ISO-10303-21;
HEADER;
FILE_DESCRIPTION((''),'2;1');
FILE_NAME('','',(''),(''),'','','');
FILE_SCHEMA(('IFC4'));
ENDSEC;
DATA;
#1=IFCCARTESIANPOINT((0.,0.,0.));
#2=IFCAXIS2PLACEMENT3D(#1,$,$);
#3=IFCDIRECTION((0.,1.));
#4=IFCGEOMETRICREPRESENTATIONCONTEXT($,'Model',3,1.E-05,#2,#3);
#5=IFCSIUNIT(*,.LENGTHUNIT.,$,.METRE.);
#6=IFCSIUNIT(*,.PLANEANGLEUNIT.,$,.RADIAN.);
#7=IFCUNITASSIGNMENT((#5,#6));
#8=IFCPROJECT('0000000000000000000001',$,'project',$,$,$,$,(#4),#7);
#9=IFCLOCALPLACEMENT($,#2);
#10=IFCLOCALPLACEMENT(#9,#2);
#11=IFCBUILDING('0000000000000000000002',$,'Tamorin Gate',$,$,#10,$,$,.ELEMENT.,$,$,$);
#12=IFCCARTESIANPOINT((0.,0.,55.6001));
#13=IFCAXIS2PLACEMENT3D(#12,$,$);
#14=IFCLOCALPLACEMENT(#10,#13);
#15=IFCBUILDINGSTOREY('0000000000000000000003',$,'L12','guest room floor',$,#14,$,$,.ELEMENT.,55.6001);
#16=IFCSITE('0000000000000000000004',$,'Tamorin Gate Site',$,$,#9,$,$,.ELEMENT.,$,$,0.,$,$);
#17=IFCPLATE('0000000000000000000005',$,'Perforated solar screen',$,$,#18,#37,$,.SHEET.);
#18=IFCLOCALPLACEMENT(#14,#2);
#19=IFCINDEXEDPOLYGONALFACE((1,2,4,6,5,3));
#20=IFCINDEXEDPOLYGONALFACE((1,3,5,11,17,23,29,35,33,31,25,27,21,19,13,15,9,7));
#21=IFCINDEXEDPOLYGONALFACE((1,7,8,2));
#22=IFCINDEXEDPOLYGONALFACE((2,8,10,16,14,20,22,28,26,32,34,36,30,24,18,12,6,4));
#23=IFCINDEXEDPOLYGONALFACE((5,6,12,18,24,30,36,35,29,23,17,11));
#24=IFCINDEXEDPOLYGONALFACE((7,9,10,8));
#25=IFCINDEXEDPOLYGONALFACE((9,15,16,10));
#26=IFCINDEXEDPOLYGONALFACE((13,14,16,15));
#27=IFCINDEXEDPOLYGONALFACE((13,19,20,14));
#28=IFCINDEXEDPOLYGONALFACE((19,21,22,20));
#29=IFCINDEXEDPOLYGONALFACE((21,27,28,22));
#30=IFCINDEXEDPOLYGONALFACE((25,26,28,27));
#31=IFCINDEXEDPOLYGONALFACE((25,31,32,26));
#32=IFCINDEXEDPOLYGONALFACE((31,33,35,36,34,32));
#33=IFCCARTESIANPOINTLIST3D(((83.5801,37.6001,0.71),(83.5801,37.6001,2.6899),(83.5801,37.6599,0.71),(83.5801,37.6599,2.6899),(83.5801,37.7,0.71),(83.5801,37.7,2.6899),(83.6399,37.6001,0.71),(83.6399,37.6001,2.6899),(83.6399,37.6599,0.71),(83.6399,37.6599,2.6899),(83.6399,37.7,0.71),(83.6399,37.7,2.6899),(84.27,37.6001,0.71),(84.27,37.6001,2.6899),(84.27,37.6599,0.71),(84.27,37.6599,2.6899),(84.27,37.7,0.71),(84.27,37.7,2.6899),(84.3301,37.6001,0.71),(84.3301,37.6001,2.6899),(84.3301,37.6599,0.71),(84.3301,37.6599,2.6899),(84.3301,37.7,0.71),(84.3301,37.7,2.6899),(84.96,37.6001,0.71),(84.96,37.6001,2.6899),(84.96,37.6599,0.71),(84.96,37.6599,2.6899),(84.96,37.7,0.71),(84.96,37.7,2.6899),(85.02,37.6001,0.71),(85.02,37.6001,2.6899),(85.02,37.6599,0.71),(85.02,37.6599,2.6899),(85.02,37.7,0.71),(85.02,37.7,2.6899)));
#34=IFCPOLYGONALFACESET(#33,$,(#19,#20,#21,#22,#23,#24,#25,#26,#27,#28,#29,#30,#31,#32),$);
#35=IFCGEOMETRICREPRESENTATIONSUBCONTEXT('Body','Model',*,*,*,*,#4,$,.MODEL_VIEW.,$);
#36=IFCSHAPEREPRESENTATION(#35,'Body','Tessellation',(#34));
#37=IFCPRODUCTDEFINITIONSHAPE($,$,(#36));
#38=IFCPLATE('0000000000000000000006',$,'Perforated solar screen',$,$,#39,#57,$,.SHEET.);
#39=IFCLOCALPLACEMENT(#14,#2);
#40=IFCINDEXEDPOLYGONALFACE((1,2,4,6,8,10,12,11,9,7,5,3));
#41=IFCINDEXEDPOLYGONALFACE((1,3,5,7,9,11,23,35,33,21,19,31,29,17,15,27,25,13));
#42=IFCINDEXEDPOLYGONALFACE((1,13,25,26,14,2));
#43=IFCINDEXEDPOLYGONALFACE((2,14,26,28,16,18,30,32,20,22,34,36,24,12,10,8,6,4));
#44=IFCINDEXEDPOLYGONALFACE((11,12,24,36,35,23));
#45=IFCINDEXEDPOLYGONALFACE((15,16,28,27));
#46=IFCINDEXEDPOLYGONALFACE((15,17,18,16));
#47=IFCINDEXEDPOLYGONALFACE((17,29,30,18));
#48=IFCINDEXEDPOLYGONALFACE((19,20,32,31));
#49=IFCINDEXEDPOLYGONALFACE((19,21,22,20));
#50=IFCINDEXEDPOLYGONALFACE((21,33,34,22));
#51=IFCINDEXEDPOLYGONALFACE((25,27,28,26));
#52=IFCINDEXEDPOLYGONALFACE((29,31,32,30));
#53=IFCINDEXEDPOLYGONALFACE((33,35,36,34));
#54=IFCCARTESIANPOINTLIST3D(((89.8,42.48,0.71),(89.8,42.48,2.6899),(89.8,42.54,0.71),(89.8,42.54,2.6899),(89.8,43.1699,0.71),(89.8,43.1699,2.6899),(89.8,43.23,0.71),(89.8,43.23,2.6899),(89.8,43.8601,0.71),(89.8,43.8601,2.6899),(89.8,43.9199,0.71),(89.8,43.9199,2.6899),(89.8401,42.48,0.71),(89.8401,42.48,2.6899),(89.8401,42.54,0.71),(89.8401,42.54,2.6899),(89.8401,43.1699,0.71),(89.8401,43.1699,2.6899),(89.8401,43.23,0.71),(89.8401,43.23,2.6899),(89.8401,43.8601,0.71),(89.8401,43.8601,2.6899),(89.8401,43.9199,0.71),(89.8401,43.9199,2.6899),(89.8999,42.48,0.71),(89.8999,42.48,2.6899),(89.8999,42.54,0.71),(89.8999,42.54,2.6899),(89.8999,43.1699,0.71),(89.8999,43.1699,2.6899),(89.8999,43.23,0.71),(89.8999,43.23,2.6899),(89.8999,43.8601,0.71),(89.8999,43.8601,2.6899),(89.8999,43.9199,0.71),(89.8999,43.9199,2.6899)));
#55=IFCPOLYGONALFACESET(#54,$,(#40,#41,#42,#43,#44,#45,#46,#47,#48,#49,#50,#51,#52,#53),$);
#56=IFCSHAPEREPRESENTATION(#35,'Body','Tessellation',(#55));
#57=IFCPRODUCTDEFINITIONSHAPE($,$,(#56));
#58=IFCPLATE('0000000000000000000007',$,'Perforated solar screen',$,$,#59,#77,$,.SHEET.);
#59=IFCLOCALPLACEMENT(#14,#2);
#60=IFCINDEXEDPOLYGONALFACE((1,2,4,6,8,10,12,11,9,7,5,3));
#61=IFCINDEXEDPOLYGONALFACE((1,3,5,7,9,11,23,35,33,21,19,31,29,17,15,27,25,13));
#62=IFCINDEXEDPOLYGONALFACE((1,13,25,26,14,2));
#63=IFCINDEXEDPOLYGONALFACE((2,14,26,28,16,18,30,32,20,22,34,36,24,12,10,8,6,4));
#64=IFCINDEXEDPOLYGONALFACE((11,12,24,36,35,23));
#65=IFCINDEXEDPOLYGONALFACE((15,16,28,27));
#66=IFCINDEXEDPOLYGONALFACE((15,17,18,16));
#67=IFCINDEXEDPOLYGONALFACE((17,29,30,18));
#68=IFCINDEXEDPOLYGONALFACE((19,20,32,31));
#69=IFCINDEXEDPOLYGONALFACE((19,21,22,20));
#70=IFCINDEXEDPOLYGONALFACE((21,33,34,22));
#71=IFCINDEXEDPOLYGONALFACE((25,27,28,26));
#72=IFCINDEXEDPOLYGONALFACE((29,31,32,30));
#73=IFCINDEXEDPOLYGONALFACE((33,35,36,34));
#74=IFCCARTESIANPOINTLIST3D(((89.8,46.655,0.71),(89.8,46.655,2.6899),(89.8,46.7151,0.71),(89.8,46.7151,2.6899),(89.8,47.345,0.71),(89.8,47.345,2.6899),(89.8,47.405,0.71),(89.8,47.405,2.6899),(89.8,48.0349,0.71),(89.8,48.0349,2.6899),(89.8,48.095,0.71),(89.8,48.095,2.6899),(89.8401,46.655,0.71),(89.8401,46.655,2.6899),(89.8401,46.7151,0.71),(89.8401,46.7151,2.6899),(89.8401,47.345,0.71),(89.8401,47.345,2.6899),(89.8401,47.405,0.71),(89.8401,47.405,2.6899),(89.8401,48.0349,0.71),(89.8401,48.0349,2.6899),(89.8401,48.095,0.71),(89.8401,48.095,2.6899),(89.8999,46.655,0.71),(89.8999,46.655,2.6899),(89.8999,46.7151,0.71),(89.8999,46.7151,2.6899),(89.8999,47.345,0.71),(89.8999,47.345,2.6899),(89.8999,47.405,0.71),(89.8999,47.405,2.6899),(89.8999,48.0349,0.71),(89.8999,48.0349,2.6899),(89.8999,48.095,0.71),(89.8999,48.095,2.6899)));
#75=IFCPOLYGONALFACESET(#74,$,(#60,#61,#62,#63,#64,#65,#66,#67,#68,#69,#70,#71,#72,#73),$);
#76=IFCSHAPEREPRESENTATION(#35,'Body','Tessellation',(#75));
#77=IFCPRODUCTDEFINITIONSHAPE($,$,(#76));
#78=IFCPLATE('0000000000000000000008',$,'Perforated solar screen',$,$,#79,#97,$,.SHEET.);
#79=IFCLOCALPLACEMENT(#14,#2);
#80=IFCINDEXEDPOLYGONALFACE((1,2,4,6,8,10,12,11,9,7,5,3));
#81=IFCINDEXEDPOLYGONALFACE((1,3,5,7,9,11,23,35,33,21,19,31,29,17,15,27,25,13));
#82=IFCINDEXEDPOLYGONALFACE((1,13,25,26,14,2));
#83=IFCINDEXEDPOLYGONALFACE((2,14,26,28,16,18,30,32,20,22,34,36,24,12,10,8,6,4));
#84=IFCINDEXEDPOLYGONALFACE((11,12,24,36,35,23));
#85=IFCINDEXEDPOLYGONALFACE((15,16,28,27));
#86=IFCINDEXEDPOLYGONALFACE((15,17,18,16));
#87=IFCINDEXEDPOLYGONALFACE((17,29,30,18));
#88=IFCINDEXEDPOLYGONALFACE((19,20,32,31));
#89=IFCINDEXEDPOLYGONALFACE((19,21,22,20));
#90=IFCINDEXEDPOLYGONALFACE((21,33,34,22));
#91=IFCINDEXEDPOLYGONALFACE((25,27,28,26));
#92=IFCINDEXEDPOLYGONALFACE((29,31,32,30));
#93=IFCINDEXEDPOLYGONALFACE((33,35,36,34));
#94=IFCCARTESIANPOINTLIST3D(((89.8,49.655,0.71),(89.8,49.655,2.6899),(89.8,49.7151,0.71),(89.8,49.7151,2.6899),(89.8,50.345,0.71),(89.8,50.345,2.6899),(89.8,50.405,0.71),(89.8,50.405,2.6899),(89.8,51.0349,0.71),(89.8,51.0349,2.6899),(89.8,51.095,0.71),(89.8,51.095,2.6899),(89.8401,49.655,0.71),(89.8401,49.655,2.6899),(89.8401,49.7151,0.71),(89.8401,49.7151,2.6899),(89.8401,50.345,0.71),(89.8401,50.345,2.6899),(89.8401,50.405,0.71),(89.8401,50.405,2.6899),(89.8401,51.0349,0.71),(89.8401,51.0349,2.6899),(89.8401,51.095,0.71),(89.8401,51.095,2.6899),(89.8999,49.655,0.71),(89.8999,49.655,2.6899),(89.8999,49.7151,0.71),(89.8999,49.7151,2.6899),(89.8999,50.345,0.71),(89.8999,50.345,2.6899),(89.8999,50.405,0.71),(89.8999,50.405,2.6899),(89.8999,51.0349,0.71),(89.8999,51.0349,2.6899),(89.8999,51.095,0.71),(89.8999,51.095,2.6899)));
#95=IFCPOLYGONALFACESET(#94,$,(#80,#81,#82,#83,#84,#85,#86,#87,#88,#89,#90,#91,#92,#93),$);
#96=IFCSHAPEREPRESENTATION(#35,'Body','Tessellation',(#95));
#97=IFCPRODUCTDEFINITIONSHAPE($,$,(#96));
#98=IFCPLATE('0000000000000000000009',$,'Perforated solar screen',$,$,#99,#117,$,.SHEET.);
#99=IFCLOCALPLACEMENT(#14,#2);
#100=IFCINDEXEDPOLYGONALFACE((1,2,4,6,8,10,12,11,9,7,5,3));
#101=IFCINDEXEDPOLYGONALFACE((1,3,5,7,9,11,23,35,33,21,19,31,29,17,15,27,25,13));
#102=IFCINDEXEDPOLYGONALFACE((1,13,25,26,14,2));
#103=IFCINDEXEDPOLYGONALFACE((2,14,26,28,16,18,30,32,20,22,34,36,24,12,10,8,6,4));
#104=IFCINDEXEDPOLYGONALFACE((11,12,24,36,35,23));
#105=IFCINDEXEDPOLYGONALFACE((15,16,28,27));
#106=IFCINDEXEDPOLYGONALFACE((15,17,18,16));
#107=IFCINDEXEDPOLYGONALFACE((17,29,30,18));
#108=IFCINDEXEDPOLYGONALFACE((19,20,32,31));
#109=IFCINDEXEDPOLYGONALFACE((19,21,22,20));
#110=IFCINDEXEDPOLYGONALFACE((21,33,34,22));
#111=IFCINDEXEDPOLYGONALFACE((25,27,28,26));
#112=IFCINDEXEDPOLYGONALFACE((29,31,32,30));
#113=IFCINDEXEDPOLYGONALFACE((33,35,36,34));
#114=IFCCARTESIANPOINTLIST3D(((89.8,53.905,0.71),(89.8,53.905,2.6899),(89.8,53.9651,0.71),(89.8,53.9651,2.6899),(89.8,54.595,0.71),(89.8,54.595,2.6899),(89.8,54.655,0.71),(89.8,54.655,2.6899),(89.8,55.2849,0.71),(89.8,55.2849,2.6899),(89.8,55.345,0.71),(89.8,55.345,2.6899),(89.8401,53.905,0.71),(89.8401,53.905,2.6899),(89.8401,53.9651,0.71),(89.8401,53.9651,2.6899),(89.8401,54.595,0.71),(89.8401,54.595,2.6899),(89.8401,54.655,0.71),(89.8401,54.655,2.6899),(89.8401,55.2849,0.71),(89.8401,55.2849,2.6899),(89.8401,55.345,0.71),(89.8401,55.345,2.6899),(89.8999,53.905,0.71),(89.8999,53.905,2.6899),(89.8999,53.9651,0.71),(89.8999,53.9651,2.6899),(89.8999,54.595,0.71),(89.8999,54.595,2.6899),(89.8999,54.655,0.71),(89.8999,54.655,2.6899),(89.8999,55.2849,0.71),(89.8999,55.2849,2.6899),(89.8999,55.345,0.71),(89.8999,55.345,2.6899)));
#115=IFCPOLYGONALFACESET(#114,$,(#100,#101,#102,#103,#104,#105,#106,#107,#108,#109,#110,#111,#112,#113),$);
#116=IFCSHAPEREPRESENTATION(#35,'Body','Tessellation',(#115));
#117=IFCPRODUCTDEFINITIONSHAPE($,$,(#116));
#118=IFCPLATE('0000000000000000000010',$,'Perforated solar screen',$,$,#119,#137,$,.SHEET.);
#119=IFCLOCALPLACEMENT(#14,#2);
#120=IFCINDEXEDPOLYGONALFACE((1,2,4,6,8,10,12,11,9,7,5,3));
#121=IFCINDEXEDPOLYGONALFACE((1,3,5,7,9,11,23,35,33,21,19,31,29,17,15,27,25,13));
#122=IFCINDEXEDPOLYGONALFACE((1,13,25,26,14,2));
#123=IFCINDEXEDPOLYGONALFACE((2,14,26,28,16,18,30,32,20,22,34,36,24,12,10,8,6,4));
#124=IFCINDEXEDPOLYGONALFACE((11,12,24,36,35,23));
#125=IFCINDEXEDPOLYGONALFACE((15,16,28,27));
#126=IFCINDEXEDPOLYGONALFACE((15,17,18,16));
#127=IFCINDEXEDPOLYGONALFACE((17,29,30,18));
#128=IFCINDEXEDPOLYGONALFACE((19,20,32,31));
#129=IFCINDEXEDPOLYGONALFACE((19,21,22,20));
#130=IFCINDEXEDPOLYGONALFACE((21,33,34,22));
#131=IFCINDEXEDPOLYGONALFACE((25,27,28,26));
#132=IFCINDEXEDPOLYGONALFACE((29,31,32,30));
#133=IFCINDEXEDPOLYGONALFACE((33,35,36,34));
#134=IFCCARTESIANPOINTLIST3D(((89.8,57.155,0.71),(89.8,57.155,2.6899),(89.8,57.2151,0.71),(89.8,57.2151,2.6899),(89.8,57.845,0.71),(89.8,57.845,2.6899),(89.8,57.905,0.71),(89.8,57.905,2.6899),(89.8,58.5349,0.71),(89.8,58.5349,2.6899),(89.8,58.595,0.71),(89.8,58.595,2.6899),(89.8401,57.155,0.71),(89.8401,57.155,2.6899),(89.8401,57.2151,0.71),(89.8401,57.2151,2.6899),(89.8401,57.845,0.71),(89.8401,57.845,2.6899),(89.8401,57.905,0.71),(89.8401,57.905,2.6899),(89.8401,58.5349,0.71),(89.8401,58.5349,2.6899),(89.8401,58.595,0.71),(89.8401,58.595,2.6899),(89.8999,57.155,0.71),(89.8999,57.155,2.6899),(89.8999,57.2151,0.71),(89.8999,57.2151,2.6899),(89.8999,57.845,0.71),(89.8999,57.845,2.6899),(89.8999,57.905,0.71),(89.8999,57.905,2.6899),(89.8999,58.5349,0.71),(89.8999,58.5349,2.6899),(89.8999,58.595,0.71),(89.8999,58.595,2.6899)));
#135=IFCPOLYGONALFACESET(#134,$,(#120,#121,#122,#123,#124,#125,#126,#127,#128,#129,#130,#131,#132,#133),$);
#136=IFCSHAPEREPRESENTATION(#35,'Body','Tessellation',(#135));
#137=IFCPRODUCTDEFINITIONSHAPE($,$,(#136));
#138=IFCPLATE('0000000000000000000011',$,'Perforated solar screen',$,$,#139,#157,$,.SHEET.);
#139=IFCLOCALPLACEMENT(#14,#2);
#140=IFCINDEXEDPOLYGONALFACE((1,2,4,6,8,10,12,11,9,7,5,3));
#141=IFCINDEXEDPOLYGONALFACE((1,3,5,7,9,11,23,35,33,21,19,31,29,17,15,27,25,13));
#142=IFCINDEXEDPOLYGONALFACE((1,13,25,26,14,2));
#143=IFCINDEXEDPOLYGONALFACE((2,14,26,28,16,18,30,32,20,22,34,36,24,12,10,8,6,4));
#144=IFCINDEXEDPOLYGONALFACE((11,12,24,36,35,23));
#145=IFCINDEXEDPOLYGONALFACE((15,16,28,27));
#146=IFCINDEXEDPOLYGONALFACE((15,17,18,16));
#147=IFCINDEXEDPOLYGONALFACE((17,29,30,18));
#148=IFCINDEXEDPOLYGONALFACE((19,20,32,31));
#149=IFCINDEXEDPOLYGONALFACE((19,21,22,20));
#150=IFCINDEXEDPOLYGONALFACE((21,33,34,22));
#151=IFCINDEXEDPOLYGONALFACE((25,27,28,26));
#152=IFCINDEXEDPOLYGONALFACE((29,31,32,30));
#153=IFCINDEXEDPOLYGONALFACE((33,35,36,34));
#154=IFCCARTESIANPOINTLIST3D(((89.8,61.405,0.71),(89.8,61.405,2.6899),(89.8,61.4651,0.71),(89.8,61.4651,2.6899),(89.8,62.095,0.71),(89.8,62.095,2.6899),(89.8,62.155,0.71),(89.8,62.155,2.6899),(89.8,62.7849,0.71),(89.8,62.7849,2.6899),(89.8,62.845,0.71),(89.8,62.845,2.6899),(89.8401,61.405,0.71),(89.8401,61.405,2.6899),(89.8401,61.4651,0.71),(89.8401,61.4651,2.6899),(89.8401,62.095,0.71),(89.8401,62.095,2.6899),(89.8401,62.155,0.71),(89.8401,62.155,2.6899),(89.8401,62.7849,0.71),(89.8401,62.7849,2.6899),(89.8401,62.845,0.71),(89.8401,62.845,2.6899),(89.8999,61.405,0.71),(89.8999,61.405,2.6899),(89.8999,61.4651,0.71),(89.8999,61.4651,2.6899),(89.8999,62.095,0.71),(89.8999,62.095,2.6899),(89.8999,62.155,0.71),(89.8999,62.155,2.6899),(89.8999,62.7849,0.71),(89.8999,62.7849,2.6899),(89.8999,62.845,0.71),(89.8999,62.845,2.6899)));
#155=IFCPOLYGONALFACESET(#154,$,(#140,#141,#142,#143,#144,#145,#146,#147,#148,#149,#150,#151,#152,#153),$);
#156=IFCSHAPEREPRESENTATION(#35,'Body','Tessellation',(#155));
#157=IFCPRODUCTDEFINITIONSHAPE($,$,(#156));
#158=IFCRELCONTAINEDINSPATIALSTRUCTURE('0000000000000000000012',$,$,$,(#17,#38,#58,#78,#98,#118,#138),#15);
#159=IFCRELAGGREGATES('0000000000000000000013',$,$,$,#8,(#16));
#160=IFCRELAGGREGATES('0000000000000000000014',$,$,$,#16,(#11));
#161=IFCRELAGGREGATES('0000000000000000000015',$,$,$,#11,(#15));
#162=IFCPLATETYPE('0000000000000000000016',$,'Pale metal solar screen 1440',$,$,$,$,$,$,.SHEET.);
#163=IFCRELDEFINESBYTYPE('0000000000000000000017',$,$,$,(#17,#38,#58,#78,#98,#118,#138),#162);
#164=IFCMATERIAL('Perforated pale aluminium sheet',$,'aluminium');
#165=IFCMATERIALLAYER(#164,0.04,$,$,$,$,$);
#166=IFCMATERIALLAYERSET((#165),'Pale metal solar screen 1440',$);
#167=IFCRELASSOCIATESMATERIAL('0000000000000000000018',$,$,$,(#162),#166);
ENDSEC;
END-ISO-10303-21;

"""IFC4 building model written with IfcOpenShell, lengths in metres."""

from ifc_helpers import new_model, si_unit, direction, frame, origin, place, context, subcontext, project, spatial, polyline, outline, extrude, material, layer, layer_set, type_object, element, save


model = new_model("IFC4")

# Units and contexts
model_context = context("Model", 3, precision=1e-05, world=origin(), true_north=direction((0.0, 1.0)))
body_context = subcontext(model_context, "Body", "Model", "MODEL_VIEW")
ifc_project = project(units=[si_unit("LENGTHUNIT", "METRE"), si_unit("PLANEANGLEUNIT", "RADIAN")], contexts=[model_context])

# Site, building, storey
site_placement = place(None, origin())
site = spatial("IfcSite", under=ifc_project, at=site_placement, Name="Tamorin Gate Site", CompositionType="ELEMENT", RefElevation=0.0)
building_placement = place(site_placement, origin())
building = spatial("IfcBuilding", under=site, at=building_placement, Name="Tamorin Gate", CompositionType="ELEMENT")
storey_placement = place(building_placement, frame((0.0, 0.0, 55.6001)))
storey = spatial("IfcBuildingStorey", under=building, at=storey_placement, Name="L12", Description="guest room floor", CompositionType="ELEMENT", Elevation=55.6001)

# Plates
ifc_material_1 = material(Name="Perforated pale aluminium sheet", Category="aluminium")
ifc_layer_1 = layer(ifc_material_1, 0.04)
ifc_layer_set_1 = layer_set([ifc_layer_1], Name="Pale metal solar screen 1440")
plate_type = type_object("IfcPlateType", Name="Pale metal solar screen 1440", PredefinedType="SHEET", material=ifc_layer_set_1)
plate_1_placement = place(storey_placement, frame((0.0, 0.0, 0.71)))
element("IfcPlate", 1, at=plate_1_placement, inside=storey, type_object=plate_type, Name="Perforated solar screen", PredefinedType="SHEET", context=body_context, shape_type="SweptSolid", body=[
    extrude(outline(polyline([(83.5801, 37.6599), (83.5801, 37.7), (83.6399, 37.7), (84.27, 37.7), (84.3301, 37.7), (84.96, 37.7), (85.02, 37.7), (85.02, 37.6599), (85.02, 37.6001), (84.96, 37.6001), (84.96, 37.6599), (84.3301, 37.6599), (84.3301, 37.6001), (84.27, 37.6001), (84.27, 37.6599), (83.6399, 37.6599), (83.6399, 37.6001), (83.5801, 37.6001), (83.5801, 37.6599)])), origin(), (0.0, 0.0, 1.0), 1.98),
])
plate_2_placement = place(storey_placement, frame((0.0, 0.0, 0.71)))
element("IfcPlate", 2, at=plate_2_placement, inside=storey, type_object=plate_type, Name="Perforated solar screen", PredefinedType="SHEET", context=body_context, shape_type="SweptSolid", body=[
    extrude(outline(polyline([(89.8401, 42.48), (89.8, 42.48), (89.8, 42.54), (89.8, 43.1699), (89.8, 43.23), (89.8, 43.8601), (89.8, 43.9199), (89.8401, 43.9199), (89.8999, 43.9199), (89.8999, 43.8601), (89.8401, 43.8601), (89.8401, 43.23), (89.8999, 43.23), (89.8999, 43.1699), (89.8401, 43.1699), (89.8401, 42.54), (89.8999, 42.54), (89.8999, 42.48), (89.8401, 42.48)])), origin(), (0.0, 0.0, 1.0), 1.98),
])
plate_3_placement = place(storey_placement, frame((0.0, 0.0, 0.71)))
element("IfcPlate", 3, at=plate_3_placement, inside=storey, type_object=plate_type, Name="Perforated solar screen", PredefinedType="SHEET", context=body_context, shape_type="SweptSolid", body=[
    extrude(outline(polyline([(89.8401, 46.655), (89.8, 46.655), (89.8, 46.7151), (89.8, 47.345), (89.8, 47.405), (89.8, 48.0349), (89.8, 48.095), (89.8, 48.095), (89.8401, 48.095), (89.8401, 48.095), (89.8999, 48.095), (89.8999, 48.0349), (89.8401, 48.0349), (89.8401, 47.405), (89.8999, 47.405), (89.8999, 47.345), (89.8401, 47.345), (89.8401, 46.7151), (89.8999, 46.7151), (89.8999, 46.655), (89.8401, 46.655)])), origin(), (0.0, 0.0, 1.0), 1.98),
])
plate_4_placement = place(storey_placement, frame((0.0, 0.0, 0.71)))
element("IfcPlate", 4, at=plate_4_placement, inside=storey, type_object=plate_type, Name="Perforated solar screen", PredefinedType="SHEET", context=body_context, shape_type="SweptSolid", body=[
    extrude(outline(polyline([(89.8401, 49.655), (89.8, 49.655), (89.8, 49.7151), (89.8, 50.345), (89.8, 50.405), (89.8, 51.0349), (89.8, 51.095), (89.8401, 51.095), (89.8999, 51.095), (89.8999, 51.0349), (89.8401, 51.0349), (89.8401, 50.405), (89.8999, 50.405), (89.8999, 50.345), (89.8401, 50.345), (89.8401, 49.7151), (89.8999, 49.7151), (89.8999, 49.655), (89.8401, 49.655)])), origin(), (0.0, 0.0, 1.0), 1.98),
])
plate_5_placement = place(storey_placement, frame((0.0, 0.0, 0.71)))
element("IfcPlate", 5, at=plate_5_placement, inside=storey, type_object=plate_type, Name="Perforated solar screen", PredefinedType="SHEET", context=body_context, shape_type="SweptSolid", body=[
    extrude(outline(polyline([(89.8401, 53.905), (89.8, 53.905), (89.8, 53.9651), (89.8, 54.595), (89.8, 54.655), (89.8, 55.2849), (89.8, 55.345), (89.8401, 55.345), (89.8999, 55.345), (89.8999, 55.2849), (89.8401, 55.2849), (89.8401, 54.655), (89.8999, 54.655), (89.8999, 54.595), (89.8401, 54.595), (89.8401, 53.9651), (89.8999, 53.9651), (89.8999, 53.905), (89.8401, 53.905)])), origin(), (0.0, 0.0, 1.0), 1.98),
])
plate_6_placement = place(storey_placement, frame((0.0, 0.0, 0.71)))
element("IfcPlate", 6, at=plate_6_placement, inside=storey, type_object=plate_type, Name="Perforated solar screen", PredefinedType="SHEET", context=body_context, shape_type="SweptSolid", body=[
    extrude(outline(polyline([(89.8401, 57.155), (89.8, 57.155), (89.8, 57.2151), (89.8, 57.845), (89.8, 57.905), (89.8, 58.5349), (89.8, 58.595), (89.8401, 58.595), (89.8999, 58.595), (89.8999, 58.5349), (89.8401, 58.5349), (89.8401, 57.905), (89.8999, 57.905), (89.8999, 57.845), (89.8401, 57.845), (89.8401, 57.2151), (89.8999, 57.2151), (89.8999, 57.155), (89.8401, 57.155)])), origin(), (0.0, 0.0, 1.0), 1.98),
])
plate_7_placement = place(storey_placement, frame((0.0, 0.0, 0.71)))
element("IfcPlate", 7, at=plate_7_placement, inside=storey, type_object=plate_type, Name="Perforated solar screen", PredefinedType="SHEET", context=body_context, shape_type="SweptSolid", body=[
    extrude(outline(polyline([(89.8401, 61.405), (89.8, 61.405), (89.8, 61.4651), (89.8, 62.095), (89.8, 62.155), (89.8, 62.7849), (89.8, 62.845), (89.8401, 62.845), (89.8999, 62.845), (89.8999, 62.7849), (89.8401, 62.7849), (89.8401, 62.155), (89.8999, 62.155), (89.8999, 62.095), (89.8401, 62.095), (89.8401, 61.4651), (89.8999, 61.4651), (89.8999, 61.405), (89.8401, 61.405)])), origin(), (0.0, 0.0, 1.0), 1.98),
])

save(model, "model.ifc")
